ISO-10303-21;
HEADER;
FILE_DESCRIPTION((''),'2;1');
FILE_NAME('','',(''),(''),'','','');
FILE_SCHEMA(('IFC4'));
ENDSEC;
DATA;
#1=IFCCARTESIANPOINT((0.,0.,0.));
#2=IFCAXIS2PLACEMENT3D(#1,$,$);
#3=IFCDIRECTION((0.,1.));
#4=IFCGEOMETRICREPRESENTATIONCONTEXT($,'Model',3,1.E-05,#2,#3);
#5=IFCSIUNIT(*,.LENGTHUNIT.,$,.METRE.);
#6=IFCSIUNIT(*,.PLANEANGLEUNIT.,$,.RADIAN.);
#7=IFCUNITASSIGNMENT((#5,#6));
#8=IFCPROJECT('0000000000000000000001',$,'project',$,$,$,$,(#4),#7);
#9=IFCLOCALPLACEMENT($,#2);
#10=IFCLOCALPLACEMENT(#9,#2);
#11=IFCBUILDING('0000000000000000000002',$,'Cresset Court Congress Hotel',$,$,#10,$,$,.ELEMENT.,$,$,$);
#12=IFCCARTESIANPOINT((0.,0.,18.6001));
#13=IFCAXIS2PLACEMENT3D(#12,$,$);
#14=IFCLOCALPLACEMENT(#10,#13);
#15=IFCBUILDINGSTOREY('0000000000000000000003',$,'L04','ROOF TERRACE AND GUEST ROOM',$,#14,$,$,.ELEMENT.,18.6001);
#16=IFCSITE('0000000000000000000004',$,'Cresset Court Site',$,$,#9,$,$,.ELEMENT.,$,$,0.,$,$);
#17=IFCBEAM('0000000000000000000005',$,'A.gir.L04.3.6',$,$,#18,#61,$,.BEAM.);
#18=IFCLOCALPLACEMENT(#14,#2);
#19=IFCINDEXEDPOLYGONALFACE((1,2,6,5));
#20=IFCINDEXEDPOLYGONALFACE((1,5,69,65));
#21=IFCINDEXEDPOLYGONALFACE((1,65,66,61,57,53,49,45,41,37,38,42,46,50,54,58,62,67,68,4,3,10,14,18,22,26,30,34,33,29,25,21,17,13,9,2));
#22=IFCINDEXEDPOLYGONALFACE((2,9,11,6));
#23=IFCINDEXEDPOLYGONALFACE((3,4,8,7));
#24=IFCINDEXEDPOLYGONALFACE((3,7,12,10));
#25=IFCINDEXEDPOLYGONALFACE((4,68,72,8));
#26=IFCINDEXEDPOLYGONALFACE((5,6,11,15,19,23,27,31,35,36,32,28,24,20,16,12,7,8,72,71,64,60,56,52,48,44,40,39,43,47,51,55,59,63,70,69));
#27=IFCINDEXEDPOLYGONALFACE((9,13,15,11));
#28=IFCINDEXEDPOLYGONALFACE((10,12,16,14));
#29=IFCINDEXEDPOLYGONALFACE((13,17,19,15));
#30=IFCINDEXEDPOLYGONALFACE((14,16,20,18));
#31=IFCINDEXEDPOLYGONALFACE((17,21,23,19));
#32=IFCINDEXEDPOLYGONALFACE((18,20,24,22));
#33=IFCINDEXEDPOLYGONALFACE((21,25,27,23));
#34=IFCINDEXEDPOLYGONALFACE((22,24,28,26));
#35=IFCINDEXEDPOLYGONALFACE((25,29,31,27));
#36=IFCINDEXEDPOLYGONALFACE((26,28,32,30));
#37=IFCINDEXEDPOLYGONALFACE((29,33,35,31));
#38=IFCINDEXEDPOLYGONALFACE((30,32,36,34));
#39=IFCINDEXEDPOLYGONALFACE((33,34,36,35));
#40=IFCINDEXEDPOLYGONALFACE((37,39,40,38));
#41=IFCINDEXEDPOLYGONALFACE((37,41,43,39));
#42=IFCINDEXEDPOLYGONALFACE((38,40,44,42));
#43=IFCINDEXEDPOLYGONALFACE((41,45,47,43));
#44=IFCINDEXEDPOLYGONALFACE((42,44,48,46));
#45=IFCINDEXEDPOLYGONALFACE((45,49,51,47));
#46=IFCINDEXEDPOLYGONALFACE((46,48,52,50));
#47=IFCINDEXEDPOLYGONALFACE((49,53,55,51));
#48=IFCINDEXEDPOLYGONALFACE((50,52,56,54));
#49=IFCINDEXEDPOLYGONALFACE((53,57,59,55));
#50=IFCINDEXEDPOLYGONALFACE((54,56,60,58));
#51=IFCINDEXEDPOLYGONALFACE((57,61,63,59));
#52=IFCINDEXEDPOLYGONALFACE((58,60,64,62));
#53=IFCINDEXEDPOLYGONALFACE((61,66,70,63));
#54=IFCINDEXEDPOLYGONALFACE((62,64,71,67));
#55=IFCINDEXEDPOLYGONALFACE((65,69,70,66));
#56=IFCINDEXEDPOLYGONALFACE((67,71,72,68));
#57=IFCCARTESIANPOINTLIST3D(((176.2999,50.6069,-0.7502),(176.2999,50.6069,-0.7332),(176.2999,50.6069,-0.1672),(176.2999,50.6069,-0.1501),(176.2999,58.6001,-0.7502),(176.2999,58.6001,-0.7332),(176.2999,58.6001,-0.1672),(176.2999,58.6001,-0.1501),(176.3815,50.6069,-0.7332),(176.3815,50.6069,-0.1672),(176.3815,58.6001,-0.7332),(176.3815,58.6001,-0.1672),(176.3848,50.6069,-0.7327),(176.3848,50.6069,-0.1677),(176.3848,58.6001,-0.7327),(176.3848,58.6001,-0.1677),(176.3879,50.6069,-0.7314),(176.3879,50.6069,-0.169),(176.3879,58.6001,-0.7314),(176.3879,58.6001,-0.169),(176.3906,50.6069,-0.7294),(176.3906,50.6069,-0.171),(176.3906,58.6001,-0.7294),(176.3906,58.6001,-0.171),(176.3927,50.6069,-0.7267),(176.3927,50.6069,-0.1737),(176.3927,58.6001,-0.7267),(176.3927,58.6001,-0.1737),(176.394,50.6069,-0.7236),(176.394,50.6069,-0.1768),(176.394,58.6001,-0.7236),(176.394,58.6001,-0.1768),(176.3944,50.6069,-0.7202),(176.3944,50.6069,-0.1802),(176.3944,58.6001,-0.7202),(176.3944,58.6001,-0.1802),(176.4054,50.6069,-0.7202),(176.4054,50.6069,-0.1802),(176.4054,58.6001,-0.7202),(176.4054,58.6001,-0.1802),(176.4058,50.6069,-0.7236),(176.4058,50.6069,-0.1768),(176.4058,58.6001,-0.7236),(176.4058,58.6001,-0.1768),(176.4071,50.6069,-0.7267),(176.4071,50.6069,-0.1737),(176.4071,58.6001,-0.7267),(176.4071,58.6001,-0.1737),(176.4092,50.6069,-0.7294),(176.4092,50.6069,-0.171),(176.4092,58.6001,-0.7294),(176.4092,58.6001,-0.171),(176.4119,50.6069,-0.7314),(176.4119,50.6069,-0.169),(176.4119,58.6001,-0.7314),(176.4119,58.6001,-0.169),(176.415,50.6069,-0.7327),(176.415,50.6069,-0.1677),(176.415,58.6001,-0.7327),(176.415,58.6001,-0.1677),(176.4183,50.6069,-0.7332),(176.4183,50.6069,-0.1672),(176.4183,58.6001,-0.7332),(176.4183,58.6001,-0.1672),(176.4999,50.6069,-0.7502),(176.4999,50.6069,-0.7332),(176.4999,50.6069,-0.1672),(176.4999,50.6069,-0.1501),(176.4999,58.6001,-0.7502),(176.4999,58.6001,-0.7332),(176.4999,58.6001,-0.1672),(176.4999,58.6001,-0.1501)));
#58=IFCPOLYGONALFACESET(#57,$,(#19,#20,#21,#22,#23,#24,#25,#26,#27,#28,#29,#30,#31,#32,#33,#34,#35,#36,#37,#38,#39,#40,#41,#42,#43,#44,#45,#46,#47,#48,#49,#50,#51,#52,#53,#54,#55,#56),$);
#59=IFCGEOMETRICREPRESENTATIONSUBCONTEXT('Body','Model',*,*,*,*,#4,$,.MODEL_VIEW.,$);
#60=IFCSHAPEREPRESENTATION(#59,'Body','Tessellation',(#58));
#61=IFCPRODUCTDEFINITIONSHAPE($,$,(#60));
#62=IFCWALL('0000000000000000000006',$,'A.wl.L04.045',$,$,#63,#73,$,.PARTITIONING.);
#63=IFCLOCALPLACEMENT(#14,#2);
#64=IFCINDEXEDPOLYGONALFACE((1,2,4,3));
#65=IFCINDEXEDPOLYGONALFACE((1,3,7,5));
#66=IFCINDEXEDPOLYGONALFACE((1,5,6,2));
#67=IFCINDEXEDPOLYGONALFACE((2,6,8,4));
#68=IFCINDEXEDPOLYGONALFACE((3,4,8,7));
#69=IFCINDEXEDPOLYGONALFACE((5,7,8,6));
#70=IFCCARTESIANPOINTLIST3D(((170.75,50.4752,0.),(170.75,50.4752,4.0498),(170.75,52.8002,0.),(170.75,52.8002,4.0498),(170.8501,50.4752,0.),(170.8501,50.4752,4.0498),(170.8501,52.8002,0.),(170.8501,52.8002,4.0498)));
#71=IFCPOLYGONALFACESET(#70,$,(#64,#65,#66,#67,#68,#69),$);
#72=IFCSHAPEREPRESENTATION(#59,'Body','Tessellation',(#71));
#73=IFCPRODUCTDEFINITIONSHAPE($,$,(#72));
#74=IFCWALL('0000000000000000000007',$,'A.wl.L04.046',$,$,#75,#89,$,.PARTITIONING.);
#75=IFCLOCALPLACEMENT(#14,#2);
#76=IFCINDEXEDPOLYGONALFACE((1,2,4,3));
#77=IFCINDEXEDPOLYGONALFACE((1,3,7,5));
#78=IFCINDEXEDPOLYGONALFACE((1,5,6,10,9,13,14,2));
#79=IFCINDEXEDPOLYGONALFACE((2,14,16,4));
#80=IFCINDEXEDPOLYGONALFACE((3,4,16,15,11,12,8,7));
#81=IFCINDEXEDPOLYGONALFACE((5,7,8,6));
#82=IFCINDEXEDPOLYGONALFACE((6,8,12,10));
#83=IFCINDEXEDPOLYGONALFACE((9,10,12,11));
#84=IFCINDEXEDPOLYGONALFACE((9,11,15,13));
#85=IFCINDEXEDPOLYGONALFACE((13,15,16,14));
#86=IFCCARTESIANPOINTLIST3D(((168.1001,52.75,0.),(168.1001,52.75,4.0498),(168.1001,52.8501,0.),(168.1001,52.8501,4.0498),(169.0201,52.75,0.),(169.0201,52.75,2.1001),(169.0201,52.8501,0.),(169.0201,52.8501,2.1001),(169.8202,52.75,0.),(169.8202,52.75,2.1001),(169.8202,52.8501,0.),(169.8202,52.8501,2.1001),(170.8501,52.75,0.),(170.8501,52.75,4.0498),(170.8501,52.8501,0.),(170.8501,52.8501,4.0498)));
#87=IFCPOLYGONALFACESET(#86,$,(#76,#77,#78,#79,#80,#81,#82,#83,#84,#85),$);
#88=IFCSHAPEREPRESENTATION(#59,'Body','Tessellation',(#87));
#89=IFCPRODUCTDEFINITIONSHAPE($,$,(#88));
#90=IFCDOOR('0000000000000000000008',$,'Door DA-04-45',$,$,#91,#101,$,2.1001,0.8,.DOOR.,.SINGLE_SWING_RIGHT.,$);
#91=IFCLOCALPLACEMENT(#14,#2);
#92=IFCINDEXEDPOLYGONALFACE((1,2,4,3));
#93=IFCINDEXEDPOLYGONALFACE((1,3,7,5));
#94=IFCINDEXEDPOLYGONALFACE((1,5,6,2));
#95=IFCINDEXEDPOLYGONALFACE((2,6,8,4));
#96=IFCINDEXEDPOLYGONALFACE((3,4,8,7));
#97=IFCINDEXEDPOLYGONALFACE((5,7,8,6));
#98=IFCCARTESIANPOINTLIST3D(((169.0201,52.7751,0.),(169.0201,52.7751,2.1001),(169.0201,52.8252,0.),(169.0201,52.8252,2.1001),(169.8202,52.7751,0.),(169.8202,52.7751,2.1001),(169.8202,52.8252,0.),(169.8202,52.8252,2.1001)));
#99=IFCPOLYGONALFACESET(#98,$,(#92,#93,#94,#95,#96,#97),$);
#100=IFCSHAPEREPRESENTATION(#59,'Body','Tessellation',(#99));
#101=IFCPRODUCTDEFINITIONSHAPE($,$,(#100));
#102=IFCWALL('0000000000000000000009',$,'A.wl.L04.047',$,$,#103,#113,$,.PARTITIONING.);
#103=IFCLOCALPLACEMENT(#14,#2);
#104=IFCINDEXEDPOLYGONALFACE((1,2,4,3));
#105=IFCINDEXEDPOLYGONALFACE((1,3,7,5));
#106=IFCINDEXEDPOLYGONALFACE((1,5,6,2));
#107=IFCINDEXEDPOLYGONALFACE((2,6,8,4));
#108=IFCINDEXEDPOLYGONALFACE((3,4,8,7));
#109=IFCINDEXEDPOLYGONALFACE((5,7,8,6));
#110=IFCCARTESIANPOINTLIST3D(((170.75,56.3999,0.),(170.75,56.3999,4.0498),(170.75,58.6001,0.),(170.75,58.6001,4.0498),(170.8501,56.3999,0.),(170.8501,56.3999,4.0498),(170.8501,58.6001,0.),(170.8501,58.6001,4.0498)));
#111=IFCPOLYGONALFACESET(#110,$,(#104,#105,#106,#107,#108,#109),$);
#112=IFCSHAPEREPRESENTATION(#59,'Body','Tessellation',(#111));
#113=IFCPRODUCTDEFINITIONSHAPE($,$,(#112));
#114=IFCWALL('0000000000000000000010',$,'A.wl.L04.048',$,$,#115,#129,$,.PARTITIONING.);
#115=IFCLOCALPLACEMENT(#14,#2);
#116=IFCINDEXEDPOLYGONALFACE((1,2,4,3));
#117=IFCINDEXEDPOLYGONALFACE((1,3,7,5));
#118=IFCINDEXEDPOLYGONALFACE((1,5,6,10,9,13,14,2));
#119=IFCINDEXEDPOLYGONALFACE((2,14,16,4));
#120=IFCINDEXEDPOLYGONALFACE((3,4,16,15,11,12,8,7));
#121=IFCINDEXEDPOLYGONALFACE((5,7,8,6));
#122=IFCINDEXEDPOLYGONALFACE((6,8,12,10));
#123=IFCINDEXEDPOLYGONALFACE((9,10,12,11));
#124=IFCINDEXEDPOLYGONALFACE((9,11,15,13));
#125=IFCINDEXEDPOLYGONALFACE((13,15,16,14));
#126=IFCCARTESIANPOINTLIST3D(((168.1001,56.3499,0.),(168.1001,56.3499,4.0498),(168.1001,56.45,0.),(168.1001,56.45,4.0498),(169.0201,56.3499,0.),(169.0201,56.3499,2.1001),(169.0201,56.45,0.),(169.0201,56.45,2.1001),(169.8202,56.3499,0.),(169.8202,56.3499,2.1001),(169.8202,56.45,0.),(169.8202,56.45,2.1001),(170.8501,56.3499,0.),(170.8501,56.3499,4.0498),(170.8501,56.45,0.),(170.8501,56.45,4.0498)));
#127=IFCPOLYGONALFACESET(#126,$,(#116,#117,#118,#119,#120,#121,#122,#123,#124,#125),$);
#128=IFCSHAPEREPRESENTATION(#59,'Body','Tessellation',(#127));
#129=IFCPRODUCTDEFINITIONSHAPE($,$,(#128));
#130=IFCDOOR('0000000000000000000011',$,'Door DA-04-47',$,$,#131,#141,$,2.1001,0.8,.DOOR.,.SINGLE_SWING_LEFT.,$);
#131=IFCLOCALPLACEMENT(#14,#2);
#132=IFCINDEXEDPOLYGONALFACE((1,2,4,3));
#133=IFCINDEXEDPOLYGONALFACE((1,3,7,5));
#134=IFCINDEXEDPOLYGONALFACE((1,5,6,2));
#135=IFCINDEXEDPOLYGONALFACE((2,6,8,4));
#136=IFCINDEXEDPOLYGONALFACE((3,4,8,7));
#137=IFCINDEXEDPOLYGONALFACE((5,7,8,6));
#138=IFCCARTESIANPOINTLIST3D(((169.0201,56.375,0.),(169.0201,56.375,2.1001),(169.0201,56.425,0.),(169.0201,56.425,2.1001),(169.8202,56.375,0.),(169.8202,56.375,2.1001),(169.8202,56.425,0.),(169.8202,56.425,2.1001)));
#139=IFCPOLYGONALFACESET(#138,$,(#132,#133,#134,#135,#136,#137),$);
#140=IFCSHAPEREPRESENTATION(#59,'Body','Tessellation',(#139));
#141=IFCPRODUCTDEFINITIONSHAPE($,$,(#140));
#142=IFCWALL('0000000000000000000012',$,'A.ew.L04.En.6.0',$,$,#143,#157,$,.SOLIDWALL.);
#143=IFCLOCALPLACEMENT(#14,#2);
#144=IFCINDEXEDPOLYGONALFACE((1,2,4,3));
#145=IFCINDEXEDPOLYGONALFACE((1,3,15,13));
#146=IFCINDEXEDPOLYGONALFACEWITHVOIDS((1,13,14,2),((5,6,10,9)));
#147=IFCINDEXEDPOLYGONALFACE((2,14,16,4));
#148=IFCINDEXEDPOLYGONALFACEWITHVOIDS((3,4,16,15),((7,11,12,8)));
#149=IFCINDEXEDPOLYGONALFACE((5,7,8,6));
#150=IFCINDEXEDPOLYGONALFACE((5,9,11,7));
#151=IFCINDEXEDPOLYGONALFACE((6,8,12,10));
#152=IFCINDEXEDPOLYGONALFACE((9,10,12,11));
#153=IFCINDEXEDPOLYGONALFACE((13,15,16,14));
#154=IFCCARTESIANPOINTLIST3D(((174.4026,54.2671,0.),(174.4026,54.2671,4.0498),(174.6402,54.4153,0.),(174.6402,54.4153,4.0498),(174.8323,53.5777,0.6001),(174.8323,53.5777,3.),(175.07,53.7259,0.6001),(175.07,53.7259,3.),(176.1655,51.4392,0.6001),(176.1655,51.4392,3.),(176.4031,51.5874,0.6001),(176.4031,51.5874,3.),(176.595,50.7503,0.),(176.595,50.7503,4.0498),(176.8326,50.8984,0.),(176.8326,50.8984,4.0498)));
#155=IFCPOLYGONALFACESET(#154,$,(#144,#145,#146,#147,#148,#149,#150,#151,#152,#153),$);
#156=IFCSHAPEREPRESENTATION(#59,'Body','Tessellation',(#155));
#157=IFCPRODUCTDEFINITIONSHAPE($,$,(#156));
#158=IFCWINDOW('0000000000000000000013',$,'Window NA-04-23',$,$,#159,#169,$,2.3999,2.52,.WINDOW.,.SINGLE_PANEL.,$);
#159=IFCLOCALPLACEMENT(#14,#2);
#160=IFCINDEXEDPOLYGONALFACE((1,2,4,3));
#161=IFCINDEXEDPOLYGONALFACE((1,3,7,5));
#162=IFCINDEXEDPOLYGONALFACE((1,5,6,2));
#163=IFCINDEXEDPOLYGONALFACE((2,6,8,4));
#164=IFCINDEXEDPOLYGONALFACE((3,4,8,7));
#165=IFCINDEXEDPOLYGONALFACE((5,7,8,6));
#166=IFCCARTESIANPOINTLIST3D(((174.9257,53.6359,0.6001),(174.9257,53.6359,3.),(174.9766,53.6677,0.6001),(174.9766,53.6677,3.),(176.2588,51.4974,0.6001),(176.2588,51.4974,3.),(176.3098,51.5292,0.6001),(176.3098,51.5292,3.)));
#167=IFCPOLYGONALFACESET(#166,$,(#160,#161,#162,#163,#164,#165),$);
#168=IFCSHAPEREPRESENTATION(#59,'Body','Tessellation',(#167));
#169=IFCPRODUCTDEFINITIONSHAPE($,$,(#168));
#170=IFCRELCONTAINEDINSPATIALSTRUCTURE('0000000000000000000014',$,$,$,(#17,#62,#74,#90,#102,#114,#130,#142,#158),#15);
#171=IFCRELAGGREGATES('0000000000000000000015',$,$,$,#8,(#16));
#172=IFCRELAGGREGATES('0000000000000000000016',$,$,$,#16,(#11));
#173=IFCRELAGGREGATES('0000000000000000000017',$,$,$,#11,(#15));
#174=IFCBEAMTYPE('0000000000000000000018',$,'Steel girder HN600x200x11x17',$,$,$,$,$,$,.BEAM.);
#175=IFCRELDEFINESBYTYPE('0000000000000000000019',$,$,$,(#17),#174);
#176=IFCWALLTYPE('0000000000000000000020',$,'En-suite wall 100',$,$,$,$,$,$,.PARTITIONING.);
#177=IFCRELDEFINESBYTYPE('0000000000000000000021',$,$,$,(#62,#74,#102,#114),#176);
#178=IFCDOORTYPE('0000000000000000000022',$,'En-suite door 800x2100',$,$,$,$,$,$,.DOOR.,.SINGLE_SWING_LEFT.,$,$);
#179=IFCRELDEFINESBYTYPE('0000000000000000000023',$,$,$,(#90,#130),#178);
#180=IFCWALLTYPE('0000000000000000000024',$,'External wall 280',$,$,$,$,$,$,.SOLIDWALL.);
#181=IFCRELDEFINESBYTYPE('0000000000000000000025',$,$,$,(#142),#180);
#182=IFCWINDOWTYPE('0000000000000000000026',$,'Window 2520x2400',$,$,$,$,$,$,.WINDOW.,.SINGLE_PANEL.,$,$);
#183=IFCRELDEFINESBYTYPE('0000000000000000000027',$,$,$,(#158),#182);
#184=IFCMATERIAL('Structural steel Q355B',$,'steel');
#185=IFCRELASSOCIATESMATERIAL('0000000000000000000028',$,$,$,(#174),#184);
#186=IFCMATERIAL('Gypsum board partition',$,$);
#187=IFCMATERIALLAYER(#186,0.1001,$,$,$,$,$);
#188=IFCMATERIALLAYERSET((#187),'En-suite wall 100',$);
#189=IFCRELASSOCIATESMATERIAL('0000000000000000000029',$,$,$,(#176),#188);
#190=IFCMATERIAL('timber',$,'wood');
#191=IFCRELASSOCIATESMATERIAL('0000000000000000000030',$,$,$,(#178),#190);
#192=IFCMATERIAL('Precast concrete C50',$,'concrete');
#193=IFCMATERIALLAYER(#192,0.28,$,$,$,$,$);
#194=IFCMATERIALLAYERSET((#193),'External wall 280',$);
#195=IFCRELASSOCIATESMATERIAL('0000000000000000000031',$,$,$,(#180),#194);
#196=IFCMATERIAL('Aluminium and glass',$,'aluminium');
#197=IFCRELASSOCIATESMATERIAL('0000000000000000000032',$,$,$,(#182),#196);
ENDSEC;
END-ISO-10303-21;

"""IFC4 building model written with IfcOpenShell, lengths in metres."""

from ifc_helpers import new_model, si_unit, direction, frame, frame_2d, origin, origin_2d, place, context, subcontext, project, spatial, rectangle, i_section, extrude, material, layer, layer_set, material_profile, profile_set, type_object, element, fill, save


model = new_model("IFC4")

# Units and contexts
model_context = context("Model", 3, precision=1e-05, world=origin(), true_north=direction((0.0, 1.0)))
body_context = subcontext(model_context, "Body", "Model", "MODEL_VIEW")
ifc_project = project(units=[si_unit("LENGTHUNIT", "METRE"), si_unit("PLANEANGLEUNIT", "RADIAN")], contexts=[model_context])

# Site, building, storey
site_placement = place(None, origin())
site = spatial("IfcSite", under=ifc_project, at=site_placement, Name="Cresset Court Site", CompositionType="ELEMENT", RefElevation=0.0)
building_placement = place(site_placement, origin())
building = spatial("IfcBuilding", under=site, at=building_placement, Name="Cresset Court Congress Hotel", CompositionType="ELEMENT")
storey_placement = place(building_placement, frame((0.0, 0.0, 18.6001)))
storey = spatial("IfcBuildingStorey", under=building, at=storey_placement, Name="L04", Description="ROOF TERRACE AND GUEST ROOM", CompositionType="ELEMENT", Elevation=18.6001)

# Beam
ifc_material_1 = material(Name="Structural steel Q355B", Category="steel")
ifc_material_profile = material_profile(ifc_material_1, i_section(OverallWidth=0.2, OverallDepth=0.6001, WebThickness=0.011, FlangeThickness=0.0171, FilletRadius=0.0129, at=origin_2d()), Name="HN600x200x11x17")
ifc_profile_set = profile_set([ifc_material_profile], Name="Structural steel Q355B")
beam_type = type_object("IfcBeamType", Name="Steel girder HN600x200x11x17", PredefinedType="BEAM", material=ifc_profile_set)
beam_placement = place(storey_placement, frame((176.3999, 50.6069, -0.4502), z_axis=(0.0, 1.0, 0.0), x_axis=(-1.0, 0.0, 0.0)))
element("IfcBeam", 1, at=beam_placement, inside=storey, type_object=beam_type, Name="A.gir.L04.3.6", PredefinedType="BEAM", context=body_context, shape_type="SweptSolid", body=[
    extrude(i_section(OverallWidth=0.2, OverallDepth=0.6001, WebThickness=0.011, FlangeThickness=0.0171, FilletRadius=0.0129, at=origin_2d()), origin(), (0.0, 0.0, 1.0), 7.9932),
])

# Wall
ifc_material_2 = material(Name="Gypsum board partition")
ifc_layer_1 = layer(ifc_material_2, 0.1001)
ifc_layer_set_1 = layer_set([ifc_layer_1], Name="En-suite wall 100")
wall_type_1 = type_object("IfcWallType", Name="En-suite wall 100", PredefinedType="PARTITIONING", material=ifc_layer_set_1)
wall_1_placement = place(storey_placement, frame((170.8, 50.4751, 0.0), z_axis=(0.0, 0.0, 1.0), x_axis=(0.0, 1.0, 0.0)))
element("IfcWall", 2, at=wall_1_placement, inside=storey, type_object=wall_type_1, Name="A.wl.L04.045", PredefinedType="PARTITIONING", context=body_context, shape_type="SweptSolid", body=[
    extrude(rectangle(XDim=2.325, YDim=0.1001, at=frame_2d((1.1626, 0.0))), origin(), (0.0, 0.0, 1.0), 4.0498),
])

# Wall, opening, door
wall_2_placement = place(storey_placement, frame((170.8501, 52.8, 0.0), z_axis=(0.0, 0.0, 1.0), x_axis=(-1.0, 0.0, 0.0)))
wall_2 = element("IfcWall", 3, at=wall_2_placement, inside=storey, type_object=wall_type_1, Name="A.wl.L04.046", PredefinedType="PARTITIONING", context=body_context, shape_type="SweptSolid", body=[
    extrude(rectangle(XDim=2.75, YDim=0.1001, at=frame_2d((1.375, 0.0))), origin(), (0.0, 0.0, 1.0), 4.0498),
])
opening_1_placement = place(wall_2_placement, frame((1.03, 0.0, 0.0)))
opening_1 = element("IfcOpeningElement", 4, at=opening_1_placement, cuts=wall_2, PredefinedType="OPENING", context=body_context, shape_type="SweptSolid", body=[
    extrude(rectangle(XDim=0.8, YDim=2.1001, at=frame_2d((0.3999, 1.05))), frame((0.0, 0.0601, 0.0), z_axis=(0.0, -1.0, 0.0), x_axis=(1.0, 0.0, 0.0)), (0.0, 0.0, 1.0), 0.1201),
])
ifc_material_3 = material(Name="timber", Category="wood")
door_type = type_object("IfcDoorType", Name="En-suite door 800x2100", OperationType="SINGLE_SWING_LEFT", PredefinedType="DOOR", material=ifc_material_3)
door_1_placement = place(opening_1_placement, origin())
door_1 = element("IfcDoor", 5, at=door_1_placement, inside=storey, type_object=door_type, Name="Door DA-04-45", OperationType="SINGLE_SWING_RIGHT", OverallHeight=2.1001, OverallWidth=0.8, PredefinedType="DOOR", context=body_context, shape_type="SweptSolid", body=[
    extrude(rectangle(XDim=0.8, YDim=2.1001, at=frame_2d((0.3999, 1.05))), frame((0.0, 0.0249, 0.0), z_axis=(0.0, -1.0, 0.0), x_axis=(1.0, 0.0, 0.0)), (0.0, 0.0, 1.0), 0.05),
])
fill(opening_1, door_1)

# Wall
wall_3_placement = place(storey_placement, frame((170.8, 56.3999, 0.0), z_axis=(0.0, 0.0, 1.0), x_axis=(0.0, 1.0, 0.0)))
element("IfcWall", 6, at=wall_3_placement, inside=storey, type_object=wall_type_1, Name="A.wl.L04.047", PredefinedType="PARTITIONING", context=body_context, shape_type="SweptSolid", body=[
    extrude(rectangle(XDim=2.2002, YDim=0.1001, at=frame_2d((1.1001, 0.0))), origin(), (0.0, 0.0, 1.0), 4.0498),
])

# Wall, opening, door
wall_4_placement = place(storey_placement, frame((170.8501, 56.3999, 0.0), z_axis=(0.0, 0.0, 1.0), x_axis=(-1.0, 0.0, 0.0)))
wall_4 = element("IfcWall", 7, at=wall_4_placement, inside=storey, type_object=wall_type_1, Name="A.wl.L04.048", PredefinedType="PARTITIONING", context=body_context, shape_type="SweptSolid", body=[
    extrude(rectangle(XDim=2.75, YDim=0.1001, at=frame_2d((1.375, 0.0))), origin(), (0.0, 0.0, 1.0), 4.0498),
])
opening_2_placement = place(wall_4_placement, frame((1.03, 0.0, 0.0)))
opening_2 = element("IfcOpeningElement", 8, at=opening_2_placement, cuts=wall_4, PredefinedType="OPENING", context=body_context, shape_type="SweptSolid", body=[
    extrude(rectangle(XDim=0.8, YDim=2.1001, at=frame_2d((0.3999, 1.05))), frame((0.0, 0.0601, 0.0), z_axis=(0.0, -1.0, 0.0), x_axis=(1.0, 0.0, 0.0)), (0.0, 0.0, 1.0), 0.1201),
])
door_2_placement = place(opening_2_placement, origin())
door_2 = element("IfcDoor", 9, at=door_2_placement, inside=storey, type_object=door_type, Name="Door DA-04-47", OperationType="SINGLE_SWING_LEFT", OverallHeight=2.1001, OverallWidth=0.8, PredefinedType="DOOR", context=body_context, shape_type="SweptSolid", body=[
    extrude(rectangle(XDim=0.8, YDim=2.1001, at=frame_2d((0.3999, 1.05))), frame((0.0, 0.0249, 0.0), z_axis=(0.0, -1.0, 0.0), x_axis=(1.0, 0.0, 0.0)), (0.0, 0.0, 1.0), 0.05),
])
fill(opening_2, door_2)

# Wall, opening, window
ifc_material_4 = material(Name="Precast concrete C50", Category="concrete")
ifc_layer_2 = layer(ifc_material_4, 0.28)
ifc_layer_set_2 = layer_set([ifc_layer_2], Name="External wall 280")
wall_type_2 = type_object("IfcWallType", Name="External wall 280", PredefinedType="SOLIDWALL", material=ifc_layer_set_2)
wall_5_placement = place(storey_placement, frame((176.7139, 50.8242, 0.0), z_axis=(0.0, 0.0, 1.0), x_axis=(-0.529019, 0.84861, 0.0)))
wall_5 = element("IfcWall", 10, at=wall_5_placement, inside=storey, type_object=wall_type_2, Name="A.ew.L04.En.6.0", PredefinedType="SOLIDWALL", context=body_context, shape_type="SweptSolid", body=[
    extrude(rectangle(XDim=4.1443, YDim=0.28, at=frame_2d((2.0723, 0.0))), origin(), (0.0, 0.0, 1.0), 4.0498),
])
opening_3_placement = place(wall_5_placement, frame((0.812, 0.0, 0.6001)))
opening_3 = element("IfcOpeningElement", 11, at=opening_3_placement, cuts=wall_5, PredefinedType="OPENING", context=body_context, shape_type="SweptSolid", body=[
    extrude(rectangle(XDim=2.52, YDim=2.3999, at=frame_2d((1.26, 1.2))), frame((0.0, 0.1499, 0.0), z_axis=(0.0, -1.0, 0.0), x_axis=(1.0, 0.0, 0.0)), (0.0, 0.0, 1.0), 0.3),
])
ifc_material_5 = material(Name="Aluminium and glass", Category="aluminium")
window_type = type_object("IfcWindowType", Name="Window 2520x2400", PartitioningType="SINGLE_PANEL", PredefinedType="WINDOW", material=ifc_material_5)
window_1_placement = place(opening_3_placement, origin())
window_1 = element("IfcWindow", 12, at=window_1_placement, inside=storey, type_object=window_type, Name="Window NA-04-23", OverallHeight=2.3999, OverallWidth=2.52, PartitioningType="SINGLE_PANEL", PredefinedType="WINDOW", context=body_context, shape_type="SweptSolid", body=[
    extrude(rectangle(XDim=2.52, YDim=2.3999, at=frame_2d((1.26, 1.2))), frame((0.0, 0.03, 0.0), z_axis=(0.0, -1.0, 0.0), x_axis=(1.0, 0.0, 0.0)), (0.0, 0.0, 1.0), 0.0601),
])
fill(opening_3, window_1)

save(model, "model.ifc")
